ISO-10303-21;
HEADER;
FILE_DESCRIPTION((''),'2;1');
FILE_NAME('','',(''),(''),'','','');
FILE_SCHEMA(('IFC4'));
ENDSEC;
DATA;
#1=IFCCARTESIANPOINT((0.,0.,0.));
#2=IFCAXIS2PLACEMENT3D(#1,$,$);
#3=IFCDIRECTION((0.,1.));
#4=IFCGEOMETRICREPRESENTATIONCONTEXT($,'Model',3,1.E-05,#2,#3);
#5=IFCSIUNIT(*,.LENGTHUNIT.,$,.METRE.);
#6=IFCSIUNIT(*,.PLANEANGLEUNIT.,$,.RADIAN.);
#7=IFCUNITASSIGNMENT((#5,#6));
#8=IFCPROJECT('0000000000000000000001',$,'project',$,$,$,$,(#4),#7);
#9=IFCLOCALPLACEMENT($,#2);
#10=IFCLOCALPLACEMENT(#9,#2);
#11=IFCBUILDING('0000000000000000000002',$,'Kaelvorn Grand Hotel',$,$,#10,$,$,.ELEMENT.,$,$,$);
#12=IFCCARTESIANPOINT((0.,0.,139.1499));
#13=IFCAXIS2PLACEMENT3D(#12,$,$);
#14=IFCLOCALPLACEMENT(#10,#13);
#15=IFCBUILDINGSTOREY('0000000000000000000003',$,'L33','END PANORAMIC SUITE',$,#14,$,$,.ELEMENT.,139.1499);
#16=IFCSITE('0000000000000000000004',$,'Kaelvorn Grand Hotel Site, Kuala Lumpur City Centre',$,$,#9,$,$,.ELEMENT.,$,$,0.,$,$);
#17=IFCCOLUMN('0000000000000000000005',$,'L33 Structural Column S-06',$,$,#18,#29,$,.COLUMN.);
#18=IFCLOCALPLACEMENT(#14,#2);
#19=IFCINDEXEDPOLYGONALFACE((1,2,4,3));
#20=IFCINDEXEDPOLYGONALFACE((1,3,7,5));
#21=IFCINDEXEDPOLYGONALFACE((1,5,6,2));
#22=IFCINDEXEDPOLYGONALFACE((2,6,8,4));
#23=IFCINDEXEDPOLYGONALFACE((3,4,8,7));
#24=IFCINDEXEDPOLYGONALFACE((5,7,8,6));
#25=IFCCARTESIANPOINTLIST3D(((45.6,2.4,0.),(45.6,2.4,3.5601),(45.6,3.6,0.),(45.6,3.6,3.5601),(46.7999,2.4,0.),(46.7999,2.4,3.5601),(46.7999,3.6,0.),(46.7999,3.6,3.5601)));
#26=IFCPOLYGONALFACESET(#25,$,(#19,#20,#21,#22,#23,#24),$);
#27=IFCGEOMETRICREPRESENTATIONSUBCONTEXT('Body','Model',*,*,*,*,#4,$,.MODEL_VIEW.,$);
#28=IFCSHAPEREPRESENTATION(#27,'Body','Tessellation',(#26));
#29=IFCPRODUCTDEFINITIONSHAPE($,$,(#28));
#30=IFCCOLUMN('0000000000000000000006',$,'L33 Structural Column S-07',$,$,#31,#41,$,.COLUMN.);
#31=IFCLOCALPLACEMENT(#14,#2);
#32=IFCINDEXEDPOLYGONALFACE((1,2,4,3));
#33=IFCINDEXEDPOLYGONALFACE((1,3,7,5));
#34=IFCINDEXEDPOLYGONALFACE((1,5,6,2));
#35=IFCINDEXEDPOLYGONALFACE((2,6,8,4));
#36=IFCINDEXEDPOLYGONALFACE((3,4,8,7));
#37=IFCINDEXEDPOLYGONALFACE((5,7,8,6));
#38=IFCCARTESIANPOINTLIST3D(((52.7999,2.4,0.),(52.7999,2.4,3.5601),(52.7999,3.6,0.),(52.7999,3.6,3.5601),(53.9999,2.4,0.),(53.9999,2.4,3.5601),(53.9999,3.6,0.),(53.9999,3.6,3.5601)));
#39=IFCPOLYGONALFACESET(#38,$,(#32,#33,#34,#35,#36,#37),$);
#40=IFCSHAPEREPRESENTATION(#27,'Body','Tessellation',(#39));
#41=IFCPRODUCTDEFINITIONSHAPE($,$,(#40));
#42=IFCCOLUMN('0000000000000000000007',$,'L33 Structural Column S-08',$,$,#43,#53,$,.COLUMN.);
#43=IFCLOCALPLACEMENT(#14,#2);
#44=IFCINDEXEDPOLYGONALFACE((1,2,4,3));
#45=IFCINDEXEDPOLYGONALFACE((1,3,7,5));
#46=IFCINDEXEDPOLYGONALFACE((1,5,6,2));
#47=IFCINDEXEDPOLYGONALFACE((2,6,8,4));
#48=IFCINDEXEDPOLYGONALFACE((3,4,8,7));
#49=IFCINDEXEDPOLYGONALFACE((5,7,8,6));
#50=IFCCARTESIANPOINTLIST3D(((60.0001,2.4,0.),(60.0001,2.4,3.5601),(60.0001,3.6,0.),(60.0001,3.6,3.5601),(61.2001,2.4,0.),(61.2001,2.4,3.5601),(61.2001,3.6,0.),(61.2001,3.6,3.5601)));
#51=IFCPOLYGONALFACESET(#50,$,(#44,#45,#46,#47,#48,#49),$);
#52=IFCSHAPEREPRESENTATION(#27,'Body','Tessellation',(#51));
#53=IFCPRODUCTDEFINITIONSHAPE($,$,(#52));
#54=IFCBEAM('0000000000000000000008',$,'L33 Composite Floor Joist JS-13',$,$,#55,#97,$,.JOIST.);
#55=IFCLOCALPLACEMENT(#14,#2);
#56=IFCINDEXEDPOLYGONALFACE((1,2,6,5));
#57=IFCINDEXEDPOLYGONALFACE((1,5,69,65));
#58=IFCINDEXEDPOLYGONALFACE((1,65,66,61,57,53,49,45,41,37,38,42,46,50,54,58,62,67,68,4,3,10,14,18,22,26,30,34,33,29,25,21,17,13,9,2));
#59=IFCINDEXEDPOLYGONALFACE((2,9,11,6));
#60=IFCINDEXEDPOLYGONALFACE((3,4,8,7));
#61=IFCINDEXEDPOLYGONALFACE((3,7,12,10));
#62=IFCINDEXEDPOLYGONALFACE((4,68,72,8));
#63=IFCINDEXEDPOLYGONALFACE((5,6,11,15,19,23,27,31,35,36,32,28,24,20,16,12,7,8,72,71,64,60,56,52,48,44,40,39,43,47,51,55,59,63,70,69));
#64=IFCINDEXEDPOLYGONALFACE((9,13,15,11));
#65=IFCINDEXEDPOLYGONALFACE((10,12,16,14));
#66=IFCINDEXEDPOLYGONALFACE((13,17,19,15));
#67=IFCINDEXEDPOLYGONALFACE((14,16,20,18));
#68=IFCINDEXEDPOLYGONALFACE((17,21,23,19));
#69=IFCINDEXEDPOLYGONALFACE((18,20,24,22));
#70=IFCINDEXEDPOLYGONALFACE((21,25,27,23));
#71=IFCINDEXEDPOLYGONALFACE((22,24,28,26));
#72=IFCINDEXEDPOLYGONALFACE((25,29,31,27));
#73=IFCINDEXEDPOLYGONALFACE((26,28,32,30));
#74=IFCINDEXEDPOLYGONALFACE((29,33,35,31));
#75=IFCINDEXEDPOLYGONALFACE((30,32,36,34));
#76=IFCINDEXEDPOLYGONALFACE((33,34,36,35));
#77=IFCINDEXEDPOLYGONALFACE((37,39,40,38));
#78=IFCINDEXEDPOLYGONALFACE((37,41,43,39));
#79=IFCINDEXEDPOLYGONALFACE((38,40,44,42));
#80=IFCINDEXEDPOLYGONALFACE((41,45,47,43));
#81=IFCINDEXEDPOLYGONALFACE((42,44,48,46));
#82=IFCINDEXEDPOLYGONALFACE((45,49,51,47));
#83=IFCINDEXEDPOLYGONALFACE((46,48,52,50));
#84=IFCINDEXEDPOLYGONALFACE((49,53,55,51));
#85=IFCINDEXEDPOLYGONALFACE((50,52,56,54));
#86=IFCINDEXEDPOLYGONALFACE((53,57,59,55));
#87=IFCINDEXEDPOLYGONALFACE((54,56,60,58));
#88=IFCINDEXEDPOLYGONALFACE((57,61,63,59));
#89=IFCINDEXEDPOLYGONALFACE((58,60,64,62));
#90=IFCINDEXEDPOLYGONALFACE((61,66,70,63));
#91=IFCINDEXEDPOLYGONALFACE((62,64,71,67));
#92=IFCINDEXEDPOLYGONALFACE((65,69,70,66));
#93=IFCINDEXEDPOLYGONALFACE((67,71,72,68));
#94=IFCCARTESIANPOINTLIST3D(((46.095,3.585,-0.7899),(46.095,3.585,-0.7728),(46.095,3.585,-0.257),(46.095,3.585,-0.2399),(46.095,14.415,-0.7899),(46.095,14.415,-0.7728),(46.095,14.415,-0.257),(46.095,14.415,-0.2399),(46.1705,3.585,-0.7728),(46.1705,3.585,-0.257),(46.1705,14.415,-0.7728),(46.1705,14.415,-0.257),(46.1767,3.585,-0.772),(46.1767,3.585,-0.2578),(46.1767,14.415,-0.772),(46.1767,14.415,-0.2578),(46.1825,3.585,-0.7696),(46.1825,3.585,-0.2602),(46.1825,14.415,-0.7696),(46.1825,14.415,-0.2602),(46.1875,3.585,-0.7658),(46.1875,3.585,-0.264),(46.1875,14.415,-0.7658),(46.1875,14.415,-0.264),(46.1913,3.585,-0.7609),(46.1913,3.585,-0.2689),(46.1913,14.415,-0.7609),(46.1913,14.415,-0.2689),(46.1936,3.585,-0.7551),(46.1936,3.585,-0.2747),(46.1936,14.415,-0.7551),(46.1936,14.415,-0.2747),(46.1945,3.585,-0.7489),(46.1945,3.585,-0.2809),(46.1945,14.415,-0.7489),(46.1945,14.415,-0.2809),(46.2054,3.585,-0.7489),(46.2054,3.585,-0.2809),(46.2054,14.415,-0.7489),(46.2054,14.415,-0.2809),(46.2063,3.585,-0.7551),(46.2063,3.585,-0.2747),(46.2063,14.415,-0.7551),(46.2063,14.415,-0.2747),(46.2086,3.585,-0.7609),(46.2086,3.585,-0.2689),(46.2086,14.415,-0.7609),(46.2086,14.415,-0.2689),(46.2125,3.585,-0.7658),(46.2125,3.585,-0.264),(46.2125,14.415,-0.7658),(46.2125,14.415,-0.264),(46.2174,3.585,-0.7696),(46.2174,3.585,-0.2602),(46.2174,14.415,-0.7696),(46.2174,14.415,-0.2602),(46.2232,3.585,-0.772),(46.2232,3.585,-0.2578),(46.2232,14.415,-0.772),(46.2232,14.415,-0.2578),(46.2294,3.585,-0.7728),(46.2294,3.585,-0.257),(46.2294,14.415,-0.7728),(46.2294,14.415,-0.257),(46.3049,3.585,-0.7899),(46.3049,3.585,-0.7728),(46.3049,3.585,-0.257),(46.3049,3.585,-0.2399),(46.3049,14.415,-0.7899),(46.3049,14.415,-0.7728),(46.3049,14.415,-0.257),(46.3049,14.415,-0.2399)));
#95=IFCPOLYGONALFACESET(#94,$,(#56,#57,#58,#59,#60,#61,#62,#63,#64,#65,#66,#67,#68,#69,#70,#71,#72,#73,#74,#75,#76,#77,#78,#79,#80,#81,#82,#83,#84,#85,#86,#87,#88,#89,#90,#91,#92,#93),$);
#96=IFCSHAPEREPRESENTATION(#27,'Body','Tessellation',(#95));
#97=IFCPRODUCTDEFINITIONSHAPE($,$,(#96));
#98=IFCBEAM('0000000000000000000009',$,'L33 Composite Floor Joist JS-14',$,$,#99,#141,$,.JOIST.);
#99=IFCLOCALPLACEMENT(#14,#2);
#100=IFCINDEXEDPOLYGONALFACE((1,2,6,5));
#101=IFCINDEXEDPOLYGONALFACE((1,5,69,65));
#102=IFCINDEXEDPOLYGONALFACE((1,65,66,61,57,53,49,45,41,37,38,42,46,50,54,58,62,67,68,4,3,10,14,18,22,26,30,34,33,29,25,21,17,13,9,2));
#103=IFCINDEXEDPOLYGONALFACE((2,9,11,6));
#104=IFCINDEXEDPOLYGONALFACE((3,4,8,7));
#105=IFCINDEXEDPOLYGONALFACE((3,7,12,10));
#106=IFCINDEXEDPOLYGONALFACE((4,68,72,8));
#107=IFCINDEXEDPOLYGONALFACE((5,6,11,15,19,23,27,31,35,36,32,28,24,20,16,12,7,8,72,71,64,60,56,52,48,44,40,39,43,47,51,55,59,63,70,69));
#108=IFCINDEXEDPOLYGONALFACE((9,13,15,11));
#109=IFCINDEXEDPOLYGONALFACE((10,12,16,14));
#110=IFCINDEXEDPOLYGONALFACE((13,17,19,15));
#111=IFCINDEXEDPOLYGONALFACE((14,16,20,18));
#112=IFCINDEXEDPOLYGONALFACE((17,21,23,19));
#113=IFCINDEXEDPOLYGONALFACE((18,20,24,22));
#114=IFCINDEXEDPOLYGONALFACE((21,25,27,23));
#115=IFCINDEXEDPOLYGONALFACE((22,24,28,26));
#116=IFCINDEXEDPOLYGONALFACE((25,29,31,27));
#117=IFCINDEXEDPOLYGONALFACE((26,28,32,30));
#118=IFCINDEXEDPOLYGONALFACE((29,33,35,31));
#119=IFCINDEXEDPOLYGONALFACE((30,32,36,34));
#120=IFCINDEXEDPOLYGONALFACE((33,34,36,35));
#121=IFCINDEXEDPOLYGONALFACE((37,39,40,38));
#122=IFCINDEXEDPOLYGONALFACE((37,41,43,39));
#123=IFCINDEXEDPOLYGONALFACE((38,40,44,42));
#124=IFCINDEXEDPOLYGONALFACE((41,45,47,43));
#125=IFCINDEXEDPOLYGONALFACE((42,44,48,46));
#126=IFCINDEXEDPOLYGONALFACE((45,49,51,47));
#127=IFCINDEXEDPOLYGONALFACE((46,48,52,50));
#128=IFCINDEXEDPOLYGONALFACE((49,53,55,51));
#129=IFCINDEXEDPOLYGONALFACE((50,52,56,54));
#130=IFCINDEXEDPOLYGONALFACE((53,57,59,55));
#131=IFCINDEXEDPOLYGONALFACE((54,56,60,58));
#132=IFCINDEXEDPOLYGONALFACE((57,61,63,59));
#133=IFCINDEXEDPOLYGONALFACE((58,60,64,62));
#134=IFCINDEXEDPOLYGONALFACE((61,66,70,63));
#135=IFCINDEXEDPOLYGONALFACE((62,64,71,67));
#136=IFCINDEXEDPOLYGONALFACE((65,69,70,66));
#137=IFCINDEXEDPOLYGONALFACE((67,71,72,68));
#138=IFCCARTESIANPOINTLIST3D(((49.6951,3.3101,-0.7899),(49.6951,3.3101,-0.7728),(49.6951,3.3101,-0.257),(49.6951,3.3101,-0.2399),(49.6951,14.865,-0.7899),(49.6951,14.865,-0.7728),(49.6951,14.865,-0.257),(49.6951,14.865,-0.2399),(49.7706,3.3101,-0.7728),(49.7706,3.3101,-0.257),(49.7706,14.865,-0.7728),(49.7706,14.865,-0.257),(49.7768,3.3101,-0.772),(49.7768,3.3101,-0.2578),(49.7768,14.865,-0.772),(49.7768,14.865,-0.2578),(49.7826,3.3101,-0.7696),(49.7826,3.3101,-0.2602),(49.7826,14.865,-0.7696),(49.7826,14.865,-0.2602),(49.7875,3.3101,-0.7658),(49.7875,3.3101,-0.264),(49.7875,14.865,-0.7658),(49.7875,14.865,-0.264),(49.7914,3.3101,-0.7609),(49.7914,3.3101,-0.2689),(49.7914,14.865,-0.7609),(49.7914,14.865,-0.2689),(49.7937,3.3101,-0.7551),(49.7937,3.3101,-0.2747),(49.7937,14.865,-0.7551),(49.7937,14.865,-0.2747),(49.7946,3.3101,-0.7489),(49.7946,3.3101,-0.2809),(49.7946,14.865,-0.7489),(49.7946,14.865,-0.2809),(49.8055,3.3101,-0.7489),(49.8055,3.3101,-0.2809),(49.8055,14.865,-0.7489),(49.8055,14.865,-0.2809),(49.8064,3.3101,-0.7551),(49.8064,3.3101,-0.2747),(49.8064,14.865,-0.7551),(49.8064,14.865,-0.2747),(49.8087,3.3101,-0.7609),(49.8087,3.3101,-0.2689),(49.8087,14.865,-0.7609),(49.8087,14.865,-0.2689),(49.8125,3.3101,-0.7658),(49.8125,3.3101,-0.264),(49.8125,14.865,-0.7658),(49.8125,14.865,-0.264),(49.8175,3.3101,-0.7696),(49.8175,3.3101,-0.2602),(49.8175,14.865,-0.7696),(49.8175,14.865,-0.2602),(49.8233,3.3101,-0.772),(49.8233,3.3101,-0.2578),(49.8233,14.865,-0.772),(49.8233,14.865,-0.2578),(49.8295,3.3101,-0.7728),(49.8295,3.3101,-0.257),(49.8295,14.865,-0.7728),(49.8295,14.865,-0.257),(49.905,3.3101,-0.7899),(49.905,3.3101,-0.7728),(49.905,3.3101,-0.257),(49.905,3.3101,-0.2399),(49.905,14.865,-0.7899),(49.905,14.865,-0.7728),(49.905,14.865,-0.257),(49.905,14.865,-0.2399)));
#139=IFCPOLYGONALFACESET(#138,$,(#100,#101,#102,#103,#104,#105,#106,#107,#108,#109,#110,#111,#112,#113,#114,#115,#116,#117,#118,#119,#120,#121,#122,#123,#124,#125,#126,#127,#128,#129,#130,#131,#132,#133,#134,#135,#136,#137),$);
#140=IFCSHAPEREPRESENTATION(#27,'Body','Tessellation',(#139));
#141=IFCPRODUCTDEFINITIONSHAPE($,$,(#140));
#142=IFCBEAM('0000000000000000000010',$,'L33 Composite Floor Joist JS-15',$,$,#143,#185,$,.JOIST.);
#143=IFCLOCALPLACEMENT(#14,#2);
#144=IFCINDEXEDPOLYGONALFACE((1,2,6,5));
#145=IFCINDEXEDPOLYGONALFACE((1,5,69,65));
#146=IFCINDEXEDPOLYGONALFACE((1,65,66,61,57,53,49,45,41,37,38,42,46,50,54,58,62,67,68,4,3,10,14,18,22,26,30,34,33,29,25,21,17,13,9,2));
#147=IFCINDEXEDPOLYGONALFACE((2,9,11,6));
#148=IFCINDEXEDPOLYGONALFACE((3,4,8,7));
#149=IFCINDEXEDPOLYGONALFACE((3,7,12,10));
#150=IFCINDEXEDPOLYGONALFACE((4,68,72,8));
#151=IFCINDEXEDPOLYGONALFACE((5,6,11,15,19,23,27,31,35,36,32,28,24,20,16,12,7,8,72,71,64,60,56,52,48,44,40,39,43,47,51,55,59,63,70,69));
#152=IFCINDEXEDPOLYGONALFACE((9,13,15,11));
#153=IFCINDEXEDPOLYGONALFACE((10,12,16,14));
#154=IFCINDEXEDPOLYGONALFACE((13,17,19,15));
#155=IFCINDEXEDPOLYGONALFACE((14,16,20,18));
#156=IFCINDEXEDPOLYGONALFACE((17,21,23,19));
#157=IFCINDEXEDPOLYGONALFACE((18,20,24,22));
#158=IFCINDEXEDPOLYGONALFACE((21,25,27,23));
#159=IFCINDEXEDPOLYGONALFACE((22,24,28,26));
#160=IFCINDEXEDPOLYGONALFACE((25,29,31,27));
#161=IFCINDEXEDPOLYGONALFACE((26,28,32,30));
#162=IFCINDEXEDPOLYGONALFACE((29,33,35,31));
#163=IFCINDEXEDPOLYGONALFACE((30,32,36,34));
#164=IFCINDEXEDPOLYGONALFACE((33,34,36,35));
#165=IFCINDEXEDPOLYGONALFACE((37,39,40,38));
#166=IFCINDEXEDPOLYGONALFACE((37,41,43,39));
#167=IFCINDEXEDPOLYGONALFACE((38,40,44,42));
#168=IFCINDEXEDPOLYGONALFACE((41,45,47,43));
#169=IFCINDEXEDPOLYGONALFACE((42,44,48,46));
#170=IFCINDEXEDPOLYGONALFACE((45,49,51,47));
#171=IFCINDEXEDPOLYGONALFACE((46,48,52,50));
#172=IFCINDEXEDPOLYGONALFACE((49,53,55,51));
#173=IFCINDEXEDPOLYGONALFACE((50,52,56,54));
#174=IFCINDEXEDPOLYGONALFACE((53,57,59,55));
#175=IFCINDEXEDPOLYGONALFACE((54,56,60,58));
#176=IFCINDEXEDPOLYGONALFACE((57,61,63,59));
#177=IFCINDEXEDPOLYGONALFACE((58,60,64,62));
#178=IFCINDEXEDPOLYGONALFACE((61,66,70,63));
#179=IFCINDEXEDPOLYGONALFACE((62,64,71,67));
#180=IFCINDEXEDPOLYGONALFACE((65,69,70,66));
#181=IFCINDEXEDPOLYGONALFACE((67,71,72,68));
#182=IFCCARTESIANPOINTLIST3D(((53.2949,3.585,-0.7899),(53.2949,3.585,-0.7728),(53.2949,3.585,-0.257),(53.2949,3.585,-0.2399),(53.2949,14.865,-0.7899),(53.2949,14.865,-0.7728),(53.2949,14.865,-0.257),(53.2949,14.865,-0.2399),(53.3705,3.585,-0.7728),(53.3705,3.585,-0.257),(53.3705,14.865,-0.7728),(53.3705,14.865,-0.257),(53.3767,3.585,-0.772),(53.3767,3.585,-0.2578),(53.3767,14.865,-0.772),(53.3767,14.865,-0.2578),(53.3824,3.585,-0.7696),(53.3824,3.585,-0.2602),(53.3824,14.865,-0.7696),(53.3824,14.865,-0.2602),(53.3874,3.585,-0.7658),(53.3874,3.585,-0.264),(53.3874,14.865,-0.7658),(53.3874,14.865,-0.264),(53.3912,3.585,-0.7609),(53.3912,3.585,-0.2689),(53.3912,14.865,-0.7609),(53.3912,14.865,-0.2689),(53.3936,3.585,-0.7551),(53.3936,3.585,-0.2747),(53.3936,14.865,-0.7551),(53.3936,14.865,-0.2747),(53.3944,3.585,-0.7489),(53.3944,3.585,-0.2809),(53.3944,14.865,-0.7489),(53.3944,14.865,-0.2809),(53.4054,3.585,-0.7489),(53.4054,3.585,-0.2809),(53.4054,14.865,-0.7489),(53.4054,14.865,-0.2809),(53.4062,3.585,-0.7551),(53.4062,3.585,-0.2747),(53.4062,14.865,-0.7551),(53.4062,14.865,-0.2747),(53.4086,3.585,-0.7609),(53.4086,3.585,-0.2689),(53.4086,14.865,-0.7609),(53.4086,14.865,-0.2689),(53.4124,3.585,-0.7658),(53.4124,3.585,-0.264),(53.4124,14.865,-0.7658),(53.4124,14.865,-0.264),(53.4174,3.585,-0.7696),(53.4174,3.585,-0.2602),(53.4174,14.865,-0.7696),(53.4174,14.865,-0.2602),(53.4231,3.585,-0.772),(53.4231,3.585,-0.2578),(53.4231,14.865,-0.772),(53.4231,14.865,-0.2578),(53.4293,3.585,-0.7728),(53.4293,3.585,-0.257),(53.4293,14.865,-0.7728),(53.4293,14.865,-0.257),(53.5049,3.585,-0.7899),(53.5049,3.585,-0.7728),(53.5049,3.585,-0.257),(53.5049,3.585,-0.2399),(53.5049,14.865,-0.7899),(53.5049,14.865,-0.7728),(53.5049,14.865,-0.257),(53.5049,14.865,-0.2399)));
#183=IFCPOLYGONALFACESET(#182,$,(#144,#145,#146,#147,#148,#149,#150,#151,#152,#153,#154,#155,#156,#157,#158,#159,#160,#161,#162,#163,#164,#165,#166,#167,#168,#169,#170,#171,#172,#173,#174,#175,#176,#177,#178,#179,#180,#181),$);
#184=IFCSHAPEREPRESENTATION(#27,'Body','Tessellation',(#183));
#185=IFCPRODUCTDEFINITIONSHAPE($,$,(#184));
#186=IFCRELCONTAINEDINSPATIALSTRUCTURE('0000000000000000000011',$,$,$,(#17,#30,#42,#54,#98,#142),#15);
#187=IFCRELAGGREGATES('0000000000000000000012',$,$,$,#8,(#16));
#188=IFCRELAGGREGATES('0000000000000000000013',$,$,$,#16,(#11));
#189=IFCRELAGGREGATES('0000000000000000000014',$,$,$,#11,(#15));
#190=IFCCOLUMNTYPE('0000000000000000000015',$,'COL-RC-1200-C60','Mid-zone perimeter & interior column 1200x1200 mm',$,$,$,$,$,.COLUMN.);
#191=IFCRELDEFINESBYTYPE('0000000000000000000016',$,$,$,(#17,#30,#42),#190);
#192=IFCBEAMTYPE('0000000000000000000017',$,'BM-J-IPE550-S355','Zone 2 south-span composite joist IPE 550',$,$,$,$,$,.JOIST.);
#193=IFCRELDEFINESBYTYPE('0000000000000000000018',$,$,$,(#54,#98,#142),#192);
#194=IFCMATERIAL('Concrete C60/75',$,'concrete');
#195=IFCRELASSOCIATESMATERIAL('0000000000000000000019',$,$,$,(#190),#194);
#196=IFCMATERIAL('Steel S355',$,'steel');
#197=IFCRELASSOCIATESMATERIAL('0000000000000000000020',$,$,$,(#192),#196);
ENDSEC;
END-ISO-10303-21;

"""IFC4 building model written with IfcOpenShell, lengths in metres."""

from ifc_helpers import new_model, si_unit, direction, frame, origin, origin_2d, place, context, subcontext, project, spatial, rectangle, i_section, extrude, material, material_profile, profile_set, type_object, element, save


model = new_model("IFC4")

# Units and contexts
model_context = context("Model", 3, precision=1e-05, world=origin(), true_north=direction((0.0, 1.0)))
body_context = subcontext(model_context, "Body", "Model", "MODEL_VIEW")
ifc_project = project(units=[si_unit("LENGTHUNIT", "METRE"), si_unit("PLANEANGLEUNIT", "RADIAN")], contexts=[model_context])

# Site, building, storey
site_placement = place(None, origin())
site = spatial("IfcSite", under=ifc_project, at=site_placement, Name="Kaelvorn Grand Hotel Site, Kuala Lumpur City Centre", CompositionType="ELEMENT", RefElevation=0.0)
building_placement = place(site_placement, origin())
building = spatial("IfcBuilding", under=site, at=building_placement, Name="Kaelvorn Grand Hotel", CompositionType="ELEMENT")
storey_placement = place(building_placement, frame((0.0, 0.0, 139.1499)))
storey = spatial("IfcBuildingStorey", under=building, at=storey_placement, Name="L33", Description="END PANORAMIC SUITE", CompositionType="ELEMENT", Elevation=139.1499)

# Columns
ifc_material_1 = material(Name="Concrete C60/75", Category="concrete")
ifc_material_profile_1 = material_profile(ifc_material_1, rectangle(XDim=1.2, YDim=1.2, at=origin_2d()), Name="RC COL 1200x1200")
ifc_profile_set_1 = profile_set([ifc_material_profile_1], Name="Concrete C60/75")
column_type = type_object("IfcColumnType", Name="COL-RC-1200-C60", Description="Mid-zone perimeter & interior column 1200x1200 mm", PredefinedType="COLUMN", material=ifc_profile_set_1)
for number, where, z_axis, x_axis, name in (
    (1, (46.2, 3.0, 0.0), (0.0, 0.0, 1.0), (1.0, 0.0, 0.0), "L33 Structural Column S-06"),
    (2, (53.3999, 3.0, 0.0), (0.0, 0.0, 1.0), (1.0, 0.0, 0.0), "L33 Structural Column S-07"),
    (3, (60.6001, 3.0, 0.0), (0.0, 0.0, 1.0), (1.0, 0.0, 0.0), "L33 Structural Column S-08"),
):
    element("IfcColumn", number, at=place(storey_placement, frame(where, z_axis=z_axis, x_axis=x_axis)), inside=storey, type_object=column_type, Name=name, PredefinedType="COLUMN", context=body_context, shape_type="SweptSolid", body=[
        extrude(rectangle(XDim=1.2, YDim=1.2, at=origin_2d()), origin(), (0.0, 0.0, 1.0), 3.5601),
    ])

# Beams
ifc_material_2 = material(Name="Steel S355", Category="steel")
ifc_material_profile_2 = material_profile(ifc_material_2, i_section(OverallWidth=0.21, OverallDepth=0.55, WebThickness=0.011, FlangeThickness=0.0171, FilletRadius=0.0239, at=origin_2d()), Name="IPE 550")
ifc_profile_set_2 = profile_set([ifc_material_profile_2], Name="Steel S355")
beam_type_1 = type_object("IfcBeamType", Name="BM-J-IPE550-S355", Description="Zone 2 south-span composite joist IPE 550", PredefinedType="JOIST", material=ifc_profile_set_2)
beam_1_placement = place(storey_placement, frame((46.2, 3.585, -0.5149), z_axis=(0.0, 1.0, 0.0), x_axis=(-1.0, 0.0, 0.0)))
element("IfcBeam", 4, at=beam_1_placement, inside=storey, type_object=beam_type_1, Name="L33 Composite Floor Joist JS-13", PredefinedType="JOIST", context=body_context, shape_type="SweptSolid", body=[
    extrude(i_section(OverallWidth=0.21, OverallDepth=0.55, WebThickness=0.011, FlangeThickness=0.0171, FilletRadius=0.0239, at=origin_2d()), origin(), (0.0, 0.0, 1.0), 10.8301),
])
beam_2_placement = place(storey_placement, frame((49.8, 3.3101, -0.5149), z_axis=(0.0, 1.0, 0.0), x_axis=(-1.0, 0.0, 0.0)))
element("IfcBeam", 5, at=beam_2_placement, inside=storey, type_object=beam_type_1, Name="L33 Composite Floor Joist JS-14", PredefinedType="JOIST", context=body_context, shape_type="SweptSolid", body=[
    extrude(i_section(OverallWidth=0.21, OverallDepth=0.55, WebThickness=0.011, FlangeThickness=0.0171, FilletRadius=0.0239, at=origin_2d()), origin(), (0.0, 0.0, 1.0), 11.5549),
])
beam_3_placement = place(storey_placement, frame((53.3999, 3.585, -0.5149), z_axis=(0.0, 1.0, 0.0), x_axis=(-1.0, 0.0, 0.0)))
element("IfcBeam", 6, at=beam_3_placement, inside=storey, type_object=beam_type_1, Name="L33 Composite Floor Joist JS-15", PredefinedType="JOIST", context=body_context, shape_type="SweptSolid", body=[
    extrude(i_section(OverallWidth=0.21, OverallDepth=0.55, WebThickness=0.011, FlangeThickness=0.0171, FilletRadius=0.0239, at=origin_2d()), origin(), (0.0, 0.0, 1.0), 11.28),
])

save(model, "model.ifc")
